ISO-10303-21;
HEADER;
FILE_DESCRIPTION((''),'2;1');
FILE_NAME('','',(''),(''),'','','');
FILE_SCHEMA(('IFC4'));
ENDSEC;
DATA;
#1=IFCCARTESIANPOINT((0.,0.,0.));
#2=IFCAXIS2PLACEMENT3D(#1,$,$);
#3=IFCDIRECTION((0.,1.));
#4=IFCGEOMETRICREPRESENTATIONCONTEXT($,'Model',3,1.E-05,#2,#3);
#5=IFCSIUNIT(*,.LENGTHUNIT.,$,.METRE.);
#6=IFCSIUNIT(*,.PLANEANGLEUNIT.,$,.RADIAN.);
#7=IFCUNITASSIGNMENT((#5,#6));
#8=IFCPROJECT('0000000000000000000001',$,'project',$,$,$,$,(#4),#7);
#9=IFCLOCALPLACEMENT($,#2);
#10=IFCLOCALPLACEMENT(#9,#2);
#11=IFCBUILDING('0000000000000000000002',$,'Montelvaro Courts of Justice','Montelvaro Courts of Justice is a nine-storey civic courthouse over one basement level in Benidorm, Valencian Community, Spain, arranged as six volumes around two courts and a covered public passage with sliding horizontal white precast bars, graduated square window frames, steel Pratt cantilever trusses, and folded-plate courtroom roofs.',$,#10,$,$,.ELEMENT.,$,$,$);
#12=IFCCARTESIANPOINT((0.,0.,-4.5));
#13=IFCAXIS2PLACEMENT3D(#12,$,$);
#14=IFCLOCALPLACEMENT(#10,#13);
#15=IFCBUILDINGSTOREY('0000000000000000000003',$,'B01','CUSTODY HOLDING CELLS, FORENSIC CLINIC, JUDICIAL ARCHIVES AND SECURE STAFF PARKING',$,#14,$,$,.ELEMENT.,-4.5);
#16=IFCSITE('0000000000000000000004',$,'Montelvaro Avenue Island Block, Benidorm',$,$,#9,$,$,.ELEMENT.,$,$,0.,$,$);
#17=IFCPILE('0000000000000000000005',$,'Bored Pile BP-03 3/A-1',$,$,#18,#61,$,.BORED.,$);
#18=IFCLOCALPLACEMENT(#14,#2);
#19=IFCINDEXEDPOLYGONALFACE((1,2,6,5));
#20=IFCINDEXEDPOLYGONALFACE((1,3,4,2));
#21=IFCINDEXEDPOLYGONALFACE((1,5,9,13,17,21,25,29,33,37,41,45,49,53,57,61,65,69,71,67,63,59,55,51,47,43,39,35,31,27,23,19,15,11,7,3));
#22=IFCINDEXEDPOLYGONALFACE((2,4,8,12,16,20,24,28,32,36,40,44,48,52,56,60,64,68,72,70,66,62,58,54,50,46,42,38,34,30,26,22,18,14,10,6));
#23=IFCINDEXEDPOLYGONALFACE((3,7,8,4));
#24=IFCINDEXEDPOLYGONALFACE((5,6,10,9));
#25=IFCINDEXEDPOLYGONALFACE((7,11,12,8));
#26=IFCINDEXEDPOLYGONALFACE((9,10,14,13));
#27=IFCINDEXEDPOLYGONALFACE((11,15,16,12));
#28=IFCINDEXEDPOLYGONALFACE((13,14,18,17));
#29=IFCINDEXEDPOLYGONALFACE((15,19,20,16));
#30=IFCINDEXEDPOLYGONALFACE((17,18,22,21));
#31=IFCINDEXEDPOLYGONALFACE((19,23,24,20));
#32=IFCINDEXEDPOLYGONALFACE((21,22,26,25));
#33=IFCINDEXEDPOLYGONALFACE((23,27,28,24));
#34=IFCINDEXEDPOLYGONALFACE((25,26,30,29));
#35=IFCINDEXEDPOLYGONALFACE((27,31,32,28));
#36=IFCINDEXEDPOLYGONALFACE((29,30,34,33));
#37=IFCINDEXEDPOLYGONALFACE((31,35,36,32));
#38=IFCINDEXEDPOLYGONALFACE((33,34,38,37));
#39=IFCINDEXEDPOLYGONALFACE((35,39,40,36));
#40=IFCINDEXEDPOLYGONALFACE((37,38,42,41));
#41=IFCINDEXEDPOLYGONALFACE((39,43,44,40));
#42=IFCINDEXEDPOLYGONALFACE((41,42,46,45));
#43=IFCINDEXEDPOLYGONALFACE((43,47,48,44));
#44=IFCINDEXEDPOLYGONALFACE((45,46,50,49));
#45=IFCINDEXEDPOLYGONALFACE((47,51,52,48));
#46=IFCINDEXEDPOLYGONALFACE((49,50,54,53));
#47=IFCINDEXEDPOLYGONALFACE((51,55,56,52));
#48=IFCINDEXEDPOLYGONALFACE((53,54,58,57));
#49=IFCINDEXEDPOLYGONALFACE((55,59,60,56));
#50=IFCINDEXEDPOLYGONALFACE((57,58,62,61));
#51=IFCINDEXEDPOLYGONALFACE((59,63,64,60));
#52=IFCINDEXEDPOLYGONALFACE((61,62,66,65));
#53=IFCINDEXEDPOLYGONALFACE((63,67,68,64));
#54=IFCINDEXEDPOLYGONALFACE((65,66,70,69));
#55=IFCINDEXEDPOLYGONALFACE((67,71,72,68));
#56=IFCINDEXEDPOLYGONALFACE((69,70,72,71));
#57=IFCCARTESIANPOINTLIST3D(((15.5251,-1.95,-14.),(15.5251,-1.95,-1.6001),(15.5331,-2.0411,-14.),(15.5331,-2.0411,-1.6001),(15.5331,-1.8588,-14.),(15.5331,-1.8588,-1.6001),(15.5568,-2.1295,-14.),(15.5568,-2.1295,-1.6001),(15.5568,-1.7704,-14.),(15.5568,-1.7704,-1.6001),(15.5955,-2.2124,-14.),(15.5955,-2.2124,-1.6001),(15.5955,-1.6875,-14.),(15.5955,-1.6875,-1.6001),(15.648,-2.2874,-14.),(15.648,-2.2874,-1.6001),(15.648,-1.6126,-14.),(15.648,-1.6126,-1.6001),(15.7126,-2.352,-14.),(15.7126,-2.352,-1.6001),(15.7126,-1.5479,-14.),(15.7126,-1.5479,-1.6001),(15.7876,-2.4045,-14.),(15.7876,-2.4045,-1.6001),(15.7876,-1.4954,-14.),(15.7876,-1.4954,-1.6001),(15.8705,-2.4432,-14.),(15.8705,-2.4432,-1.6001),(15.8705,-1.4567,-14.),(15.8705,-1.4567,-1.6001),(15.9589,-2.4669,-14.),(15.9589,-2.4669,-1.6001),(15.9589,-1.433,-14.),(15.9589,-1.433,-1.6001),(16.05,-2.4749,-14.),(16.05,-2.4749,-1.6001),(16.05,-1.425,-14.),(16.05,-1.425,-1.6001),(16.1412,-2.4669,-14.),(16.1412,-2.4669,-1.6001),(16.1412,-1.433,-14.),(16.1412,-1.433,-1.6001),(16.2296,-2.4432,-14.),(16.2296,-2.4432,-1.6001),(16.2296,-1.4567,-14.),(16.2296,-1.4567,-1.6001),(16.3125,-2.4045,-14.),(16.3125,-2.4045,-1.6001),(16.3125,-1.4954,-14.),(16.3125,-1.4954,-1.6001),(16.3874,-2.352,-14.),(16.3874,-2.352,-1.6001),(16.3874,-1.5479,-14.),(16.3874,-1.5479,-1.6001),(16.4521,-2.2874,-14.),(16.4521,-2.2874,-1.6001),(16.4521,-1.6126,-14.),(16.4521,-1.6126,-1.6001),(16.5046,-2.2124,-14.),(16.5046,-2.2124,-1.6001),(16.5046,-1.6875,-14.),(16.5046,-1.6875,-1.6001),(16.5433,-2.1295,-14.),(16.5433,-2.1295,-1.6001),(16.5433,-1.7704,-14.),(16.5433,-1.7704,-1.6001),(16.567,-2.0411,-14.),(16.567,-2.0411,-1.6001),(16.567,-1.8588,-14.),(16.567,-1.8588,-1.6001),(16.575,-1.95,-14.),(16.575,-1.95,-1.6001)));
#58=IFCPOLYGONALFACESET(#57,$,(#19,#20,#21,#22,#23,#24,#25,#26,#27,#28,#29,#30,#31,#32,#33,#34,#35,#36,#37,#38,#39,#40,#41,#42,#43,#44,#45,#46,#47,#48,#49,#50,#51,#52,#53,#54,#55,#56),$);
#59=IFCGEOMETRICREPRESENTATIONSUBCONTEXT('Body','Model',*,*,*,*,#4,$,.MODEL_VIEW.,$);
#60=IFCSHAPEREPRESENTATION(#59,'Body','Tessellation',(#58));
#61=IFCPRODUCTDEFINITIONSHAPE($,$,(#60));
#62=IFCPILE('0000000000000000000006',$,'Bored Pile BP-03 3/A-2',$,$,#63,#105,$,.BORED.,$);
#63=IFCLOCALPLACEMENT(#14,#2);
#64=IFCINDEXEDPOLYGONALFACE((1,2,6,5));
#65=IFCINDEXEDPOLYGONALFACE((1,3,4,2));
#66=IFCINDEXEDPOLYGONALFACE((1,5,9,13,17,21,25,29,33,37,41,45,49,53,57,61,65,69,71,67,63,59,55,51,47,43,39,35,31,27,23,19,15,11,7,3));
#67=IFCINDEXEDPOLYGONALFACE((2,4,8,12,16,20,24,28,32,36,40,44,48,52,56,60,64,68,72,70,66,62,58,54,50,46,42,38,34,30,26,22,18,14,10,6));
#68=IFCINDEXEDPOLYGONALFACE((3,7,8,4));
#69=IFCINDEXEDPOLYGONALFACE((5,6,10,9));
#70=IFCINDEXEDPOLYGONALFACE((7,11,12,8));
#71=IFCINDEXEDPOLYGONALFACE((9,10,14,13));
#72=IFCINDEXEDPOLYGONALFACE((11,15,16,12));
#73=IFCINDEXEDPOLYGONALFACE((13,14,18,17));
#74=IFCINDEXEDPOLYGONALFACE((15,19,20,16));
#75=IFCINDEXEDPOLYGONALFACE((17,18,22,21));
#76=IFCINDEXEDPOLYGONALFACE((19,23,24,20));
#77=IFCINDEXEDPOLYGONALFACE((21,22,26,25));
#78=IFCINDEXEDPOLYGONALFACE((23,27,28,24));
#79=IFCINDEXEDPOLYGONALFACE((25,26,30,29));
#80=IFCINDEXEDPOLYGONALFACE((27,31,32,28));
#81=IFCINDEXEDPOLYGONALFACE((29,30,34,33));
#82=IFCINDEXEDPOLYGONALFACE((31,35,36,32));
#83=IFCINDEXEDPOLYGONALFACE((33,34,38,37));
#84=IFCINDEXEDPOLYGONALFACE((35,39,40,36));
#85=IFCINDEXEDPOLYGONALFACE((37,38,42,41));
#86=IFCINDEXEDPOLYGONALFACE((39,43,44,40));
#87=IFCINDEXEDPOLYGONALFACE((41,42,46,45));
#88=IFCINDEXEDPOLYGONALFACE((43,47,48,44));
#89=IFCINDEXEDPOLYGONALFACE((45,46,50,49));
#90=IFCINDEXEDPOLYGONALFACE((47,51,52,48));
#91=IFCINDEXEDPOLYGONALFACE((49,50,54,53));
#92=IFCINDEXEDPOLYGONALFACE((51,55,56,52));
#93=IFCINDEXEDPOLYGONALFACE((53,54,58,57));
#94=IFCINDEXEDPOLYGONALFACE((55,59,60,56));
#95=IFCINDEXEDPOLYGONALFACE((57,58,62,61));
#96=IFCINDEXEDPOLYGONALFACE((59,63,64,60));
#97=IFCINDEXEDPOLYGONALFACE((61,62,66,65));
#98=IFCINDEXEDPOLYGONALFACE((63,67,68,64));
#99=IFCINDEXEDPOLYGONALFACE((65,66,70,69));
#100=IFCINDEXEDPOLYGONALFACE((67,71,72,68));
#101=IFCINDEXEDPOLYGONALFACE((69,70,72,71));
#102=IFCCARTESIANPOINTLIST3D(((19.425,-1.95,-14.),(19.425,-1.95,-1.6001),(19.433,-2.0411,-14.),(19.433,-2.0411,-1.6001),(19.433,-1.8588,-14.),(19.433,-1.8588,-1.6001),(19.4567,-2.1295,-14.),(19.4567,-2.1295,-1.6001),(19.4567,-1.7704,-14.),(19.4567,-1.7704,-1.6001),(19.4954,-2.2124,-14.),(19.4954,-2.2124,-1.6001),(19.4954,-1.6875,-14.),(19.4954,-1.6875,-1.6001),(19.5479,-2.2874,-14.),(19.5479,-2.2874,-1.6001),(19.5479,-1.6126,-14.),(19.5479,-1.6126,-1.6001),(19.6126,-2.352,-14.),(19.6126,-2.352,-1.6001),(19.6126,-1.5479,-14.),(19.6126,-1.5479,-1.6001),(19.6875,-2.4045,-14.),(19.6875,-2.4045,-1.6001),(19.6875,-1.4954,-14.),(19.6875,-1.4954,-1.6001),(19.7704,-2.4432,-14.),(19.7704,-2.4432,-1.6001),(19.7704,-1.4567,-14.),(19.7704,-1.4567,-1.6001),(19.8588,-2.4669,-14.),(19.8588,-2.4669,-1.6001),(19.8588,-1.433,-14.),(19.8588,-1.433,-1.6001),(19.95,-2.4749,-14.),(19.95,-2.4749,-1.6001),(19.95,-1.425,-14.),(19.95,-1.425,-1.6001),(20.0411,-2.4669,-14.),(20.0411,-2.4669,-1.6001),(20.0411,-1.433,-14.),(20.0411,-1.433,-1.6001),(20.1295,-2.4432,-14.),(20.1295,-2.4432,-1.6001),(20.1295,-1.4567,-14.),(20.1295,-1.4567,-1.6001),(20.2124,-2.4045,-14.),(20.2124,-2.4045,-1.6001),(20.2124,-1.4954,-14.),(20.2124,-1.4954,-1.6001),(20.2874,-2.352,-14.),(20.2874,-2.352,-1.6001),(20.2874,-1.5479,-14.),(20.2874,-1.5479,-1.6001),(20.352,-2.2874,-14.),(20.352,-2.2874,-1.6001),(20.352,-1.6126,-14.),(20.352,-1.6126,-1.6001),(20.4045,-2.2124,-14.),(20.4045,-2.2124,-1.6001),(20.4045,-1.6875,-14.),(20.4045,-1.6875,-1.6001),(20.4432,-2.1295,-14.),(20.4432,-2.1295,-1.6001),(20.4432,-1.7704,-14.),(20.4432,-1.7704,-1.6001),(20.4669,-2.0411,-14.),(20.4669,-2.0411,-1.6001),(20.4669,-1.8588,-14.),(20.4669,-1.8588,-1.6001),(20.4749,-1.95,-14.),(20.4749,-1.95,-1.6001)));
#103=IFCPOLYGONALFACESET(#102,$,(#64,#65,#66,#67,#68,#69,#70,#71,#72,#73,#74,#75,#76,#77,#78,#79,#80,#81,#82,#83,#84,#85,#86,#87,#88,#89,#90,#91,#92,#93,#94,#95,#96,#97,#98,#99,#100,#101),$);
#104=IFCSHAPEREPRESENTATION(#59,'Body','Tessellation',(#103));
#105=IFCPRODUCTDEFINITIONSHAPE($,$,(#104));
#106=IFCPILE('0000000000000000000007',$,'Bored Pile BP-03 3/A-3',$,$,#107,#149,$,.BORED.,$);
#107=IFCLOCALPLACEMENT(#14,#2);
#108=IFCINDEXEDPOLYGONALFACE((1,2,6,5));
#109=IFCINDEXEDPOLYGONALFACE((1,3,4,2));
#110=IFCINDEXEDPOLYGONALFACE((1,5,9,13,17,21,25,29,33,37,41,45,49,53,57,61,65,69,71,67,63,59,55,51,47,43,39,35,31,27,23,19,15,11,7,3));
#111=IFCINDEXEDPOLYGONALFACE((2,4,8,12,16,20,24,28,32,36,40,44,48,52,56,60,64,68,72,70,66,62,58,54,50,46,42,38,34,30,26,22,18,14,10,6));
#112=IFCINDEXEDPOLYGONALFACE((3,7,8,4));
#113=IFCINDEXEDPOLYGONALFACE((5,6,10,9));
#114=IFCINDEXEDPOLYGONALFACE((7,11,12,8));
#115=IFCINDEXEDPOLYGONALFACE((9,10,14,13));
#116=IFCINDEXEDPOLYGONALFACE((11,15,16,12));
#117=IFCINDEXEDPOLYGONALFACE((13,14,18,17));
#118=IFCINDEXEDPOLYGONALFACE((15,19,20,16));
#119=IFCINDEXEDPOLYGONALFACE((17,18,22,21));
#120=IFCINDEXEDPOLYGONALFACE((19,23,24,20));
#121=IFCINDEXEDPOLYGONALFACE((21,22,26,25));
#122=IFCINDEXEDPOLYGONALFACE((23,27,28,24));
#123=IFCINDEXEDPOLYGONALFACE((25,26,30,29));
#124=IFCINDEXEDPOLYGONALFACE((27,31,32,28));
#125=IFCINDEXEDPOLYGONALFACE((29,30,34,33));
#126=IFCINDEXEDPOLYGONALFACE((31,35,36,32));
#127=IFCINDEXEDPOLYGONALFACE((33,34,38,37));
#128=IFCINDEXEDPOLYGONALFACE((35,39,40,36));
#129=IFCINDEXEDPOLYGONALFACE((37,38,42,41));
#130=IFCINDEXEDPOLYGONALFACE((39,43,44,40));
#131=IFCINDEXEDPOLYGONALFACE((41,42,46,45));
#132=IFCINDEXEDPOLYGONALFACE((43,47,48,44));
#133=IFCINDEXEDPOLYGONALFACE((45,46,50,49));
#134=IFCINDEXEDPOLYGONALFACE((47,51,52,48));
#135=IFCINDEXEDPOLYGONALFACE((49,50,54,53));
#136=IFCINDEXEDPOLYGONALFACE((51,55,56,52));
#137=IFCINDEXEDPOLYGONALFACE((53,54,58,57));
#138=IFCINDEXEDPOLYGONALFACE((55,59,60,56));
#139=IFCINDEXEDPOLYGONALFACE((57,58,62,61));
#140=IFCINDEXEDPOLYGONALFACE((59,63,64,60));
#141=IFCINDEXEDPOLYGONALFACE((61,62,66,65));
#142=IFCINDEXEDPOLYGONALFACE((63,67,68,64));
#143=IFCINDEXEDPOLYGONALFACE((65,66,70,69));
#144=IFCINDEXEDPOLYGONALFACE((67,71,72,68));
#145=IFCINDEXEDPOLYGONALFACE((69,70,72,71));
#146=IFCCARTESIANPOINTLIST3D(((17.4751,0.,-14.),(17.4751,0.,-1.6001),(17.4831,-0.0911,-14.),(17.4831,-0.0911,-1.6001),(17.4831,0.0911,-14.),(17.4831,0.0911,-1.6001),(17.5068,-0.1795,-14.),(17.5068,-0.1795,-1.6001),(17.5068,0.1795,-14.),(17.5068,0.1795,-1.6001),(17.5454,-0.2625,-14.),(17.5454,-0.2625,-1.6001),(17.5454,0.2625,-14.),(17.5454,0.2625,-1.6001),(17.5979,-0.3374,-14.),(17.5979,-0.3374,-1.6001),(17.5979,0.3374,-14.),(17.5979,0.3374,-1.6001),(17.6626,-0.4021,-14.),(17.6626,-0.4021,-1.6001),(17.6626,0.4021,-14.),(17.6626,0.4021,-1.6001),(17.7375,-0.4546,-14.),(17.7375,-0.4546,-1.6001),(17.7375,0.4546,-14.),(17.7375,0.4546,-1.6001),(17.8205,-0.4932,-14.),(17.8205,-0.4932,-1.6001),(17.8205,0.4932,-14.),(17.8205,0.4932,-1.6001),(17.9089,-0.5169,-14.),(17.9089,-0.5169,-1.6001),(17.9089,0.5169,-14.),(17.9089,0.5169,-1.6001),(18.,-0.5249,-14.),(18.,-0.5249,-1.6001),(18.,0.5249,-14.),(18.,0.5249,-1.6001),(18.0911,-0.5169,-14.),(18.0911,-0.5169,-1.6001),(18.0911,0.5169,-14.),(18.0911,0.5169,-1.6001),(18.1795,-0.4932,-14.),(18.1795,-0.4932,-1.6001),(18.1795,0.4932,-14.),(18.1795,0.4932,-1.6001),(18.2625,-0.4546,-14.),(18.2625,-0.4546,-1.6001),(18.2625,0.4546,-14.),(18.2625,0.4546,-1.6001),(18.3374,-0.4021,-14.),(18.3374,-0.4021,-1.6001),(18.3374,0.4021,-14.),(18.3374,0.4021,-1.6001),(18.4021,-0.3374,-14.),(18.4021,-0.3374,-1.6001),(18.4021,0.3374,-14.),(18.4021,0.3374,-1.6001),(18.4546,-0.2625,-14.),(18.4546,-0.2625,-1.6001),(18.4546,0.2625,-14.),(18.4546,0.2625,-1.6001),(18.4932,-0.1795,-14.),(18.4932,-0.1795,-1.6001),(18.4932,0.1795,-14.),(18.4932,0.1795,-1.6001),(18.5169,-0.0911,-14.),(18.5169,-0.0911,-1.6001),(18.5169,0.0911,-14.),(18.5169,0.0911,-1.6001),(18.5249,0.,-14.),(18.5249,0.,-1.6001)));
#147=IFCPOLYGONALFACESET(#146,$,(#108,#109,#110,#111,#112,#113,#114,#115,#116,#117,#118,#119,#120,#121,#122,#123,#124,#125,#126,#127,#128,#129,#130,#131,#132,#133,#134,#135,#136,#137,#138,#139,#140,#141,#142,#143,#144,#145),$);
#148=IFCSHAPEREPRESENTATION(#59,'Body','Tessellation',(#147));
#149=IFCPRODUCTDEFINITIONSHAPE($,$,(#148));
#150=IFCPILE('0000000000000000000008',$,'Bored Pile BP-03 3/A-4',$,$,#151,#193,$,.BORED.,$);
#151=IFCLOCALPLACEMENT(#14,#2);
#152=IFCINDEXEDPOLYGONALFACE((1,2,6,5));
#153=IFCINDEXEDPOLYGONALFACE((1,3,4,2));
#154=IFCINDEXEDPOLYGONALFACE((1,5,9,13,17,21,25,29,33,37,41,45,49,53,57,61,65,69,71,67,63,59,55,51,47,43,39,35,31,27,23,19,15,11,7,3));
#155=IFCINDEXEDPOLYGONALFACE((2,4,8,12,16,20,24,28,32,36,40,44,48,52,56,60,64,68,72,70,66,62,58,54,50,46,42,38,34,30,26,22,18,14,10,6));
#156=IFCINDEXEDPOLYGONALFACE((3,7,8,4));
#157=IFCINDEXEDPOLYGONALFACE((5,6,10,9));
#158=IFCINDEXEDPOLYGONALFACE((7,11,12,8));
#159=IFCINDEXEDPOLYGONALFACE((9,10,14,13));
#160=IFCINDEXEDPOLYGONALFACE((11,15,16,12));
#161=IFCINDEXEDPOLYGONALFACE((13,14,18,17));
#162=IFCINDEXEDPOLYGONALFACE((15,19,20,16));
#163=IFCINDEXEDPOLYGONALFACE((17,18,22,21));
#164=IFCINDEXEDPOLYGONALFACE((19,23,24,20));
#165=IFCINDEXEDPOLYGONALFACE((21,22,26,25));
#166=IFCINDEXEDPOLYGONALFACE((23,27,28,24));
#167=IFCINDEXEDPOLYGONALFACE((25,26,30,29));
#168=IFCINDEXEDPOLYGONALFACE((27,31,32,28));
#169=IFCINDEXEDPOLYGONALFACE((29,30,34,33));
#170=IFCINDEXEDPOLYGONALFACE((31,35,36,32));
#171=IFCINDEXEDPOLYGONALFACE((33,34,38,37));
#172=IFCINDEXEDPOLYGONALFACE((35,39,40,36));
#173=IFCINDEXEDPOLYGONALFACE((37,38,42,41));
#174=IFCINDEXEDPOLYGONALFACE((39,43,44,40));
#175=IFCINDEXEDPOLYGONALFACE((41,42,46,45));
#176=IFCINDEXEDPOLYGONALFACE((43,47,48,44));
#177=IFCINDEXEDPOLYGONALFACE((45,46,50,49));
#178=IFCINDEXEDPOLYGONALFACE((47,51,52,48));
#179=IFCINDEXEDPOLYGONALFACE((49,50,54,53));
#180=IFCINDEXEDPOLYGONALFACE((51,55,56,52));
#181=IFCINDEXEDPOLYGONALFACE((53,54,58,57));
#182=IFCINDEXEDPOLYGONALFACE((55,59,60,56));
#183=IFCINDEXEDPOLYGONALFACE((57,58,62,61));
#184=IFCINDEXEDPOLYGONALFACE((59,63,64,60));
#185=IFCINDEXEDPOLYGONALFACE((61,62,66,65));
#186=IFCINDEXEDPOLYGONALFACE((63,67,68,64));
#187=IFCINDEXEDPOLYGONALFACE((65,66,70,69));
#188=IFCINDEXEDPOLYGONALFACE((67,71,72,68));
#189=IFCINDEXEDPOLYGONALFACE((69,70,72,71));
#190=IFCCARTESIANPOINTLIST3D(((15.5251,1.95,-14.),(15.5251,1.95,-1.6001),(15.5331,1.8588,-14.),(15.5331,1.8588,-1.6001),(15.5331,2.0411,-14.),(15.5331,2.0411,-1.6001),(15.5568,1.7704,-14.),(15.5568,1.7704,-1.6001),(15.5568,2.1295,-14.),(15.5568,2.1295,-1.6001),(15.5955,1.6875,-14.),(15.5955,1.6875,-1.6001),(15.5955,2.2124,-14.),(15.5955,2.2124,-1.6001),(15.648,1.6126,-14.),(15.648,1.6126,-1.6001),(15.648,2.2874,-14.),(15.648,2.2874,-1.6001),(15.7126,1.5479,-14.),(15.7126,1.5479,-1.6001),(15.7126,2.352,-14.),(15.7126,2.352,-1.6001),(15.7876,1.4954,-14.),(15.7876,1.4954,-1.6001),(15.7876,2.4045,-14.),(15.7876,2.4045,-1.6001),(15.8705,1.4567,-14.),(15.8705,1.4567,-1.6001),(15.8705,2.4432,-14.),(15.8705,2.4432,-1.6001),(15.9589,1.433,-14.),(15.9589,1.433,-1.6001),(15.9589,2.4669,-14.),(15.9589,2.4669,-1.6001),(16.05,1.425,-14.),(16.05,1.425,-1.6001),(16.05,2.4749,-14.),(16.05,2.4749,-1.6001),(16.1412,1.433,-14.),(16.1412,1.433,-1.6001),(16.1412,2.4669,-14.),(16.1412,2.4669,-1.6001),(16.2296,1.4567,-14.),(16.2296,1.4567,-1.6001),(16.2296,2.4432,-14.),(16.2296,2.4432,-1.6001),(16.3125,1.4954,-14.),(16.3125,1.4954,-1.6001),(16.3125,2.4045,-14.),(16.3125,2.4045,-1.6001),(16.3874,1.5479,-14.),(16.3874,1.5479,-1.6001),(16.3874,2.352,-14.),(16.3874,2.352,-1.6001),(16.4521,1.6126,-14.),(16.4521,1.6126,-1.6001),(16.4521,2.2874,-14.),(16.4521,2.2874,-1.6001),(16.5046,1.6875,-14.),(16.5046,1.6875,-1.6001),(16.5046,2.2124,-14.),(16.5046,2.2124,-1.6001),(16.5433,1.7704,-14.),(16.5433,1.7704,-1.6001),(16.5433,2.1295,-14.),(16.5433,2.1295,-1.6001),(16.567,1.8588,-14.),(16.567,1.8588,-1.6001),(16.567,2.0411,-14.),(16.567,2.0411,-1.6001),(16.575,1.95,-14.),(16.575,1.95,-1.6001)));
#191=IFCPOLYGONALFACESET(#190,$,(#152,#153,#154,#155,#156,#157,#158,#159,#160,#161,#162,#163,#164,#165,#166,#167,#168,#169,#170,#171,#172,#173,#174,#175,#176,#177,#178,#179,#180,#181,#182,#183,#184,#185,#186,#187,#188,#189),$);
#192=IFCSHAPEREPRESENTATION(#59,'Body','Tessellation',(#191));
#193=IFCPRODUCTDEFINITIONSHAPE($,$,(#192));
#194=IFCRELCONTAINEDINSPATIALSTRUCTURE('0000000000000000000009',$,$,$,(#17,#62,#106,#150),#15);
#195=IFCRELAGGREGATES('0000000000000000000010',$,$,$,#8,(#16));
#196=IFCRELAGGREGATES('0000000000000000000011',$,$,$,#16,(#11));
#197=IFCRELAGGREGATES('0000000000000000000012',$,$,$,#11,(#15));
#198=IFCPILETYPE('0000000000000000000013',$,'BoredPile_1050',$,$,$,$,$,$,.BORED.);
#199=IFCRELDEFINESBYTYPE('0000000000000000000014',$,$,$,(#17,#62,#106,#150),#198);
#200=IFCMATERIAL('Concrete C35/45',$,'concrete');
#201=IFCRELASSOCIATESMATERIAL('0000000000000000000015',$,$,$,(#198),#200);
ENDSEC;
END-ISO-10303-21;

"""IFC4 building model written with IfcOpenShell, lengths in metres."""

from ifc_helpers import new_model, si_unit, direction, frame, origin, origin_2d, place, context, subcontext, project, spatial, circle, extrude, material, material_profile, profile_set, type_object, element, save


model = new_model("IFC4")

# Units and contexts
model_context = context("Model", 3, precision=1e-05, world=origin(), true_north=direction((0.0, 1.0)))
body_context = subcontext(model_context, "Body", "Model", "MODEL_VIEW")
ifc_project = project(units=[si_unit("LENGTHUNIT", "METRE"), si_unit("PLANEANGLEUNIT", "RADIAN")], contexts=[model_context])

# Site, building, storey
site_placement = place(None, origin())
site = spatial("IfcSite", under=ifc_project, at=site_placement, Name="Montelvaro Avenue Island Block, Benidorm", CompositionType="ELEMENT", RefElevation=0.0)
building_placement = place(site_placement, origin())
building = spatial("IfcBuilding", under=site, at=building_placement, Name="Montelvaro Courts of Justice", Description="Montelvaro Courts of Justice is a nine-storey civic courthouse over one basement level in Benidorm, Valencian Community, Spain, arranged as six volumes around two courts and a covered public passage with sliding horizontal white precast bars, graduated square window frames, steel Pratt cantilever trusses, and folded-plate courtroom roofs.", CompositionType="ELEMENT")
storey_placement = place(building_placement, frame((0.0, 0.0, -4.5)))
storey = spatial("IfcBuildingStorey", under=building, at=storey_placement, Name="B01", Description="CUSTODY HOLDING CELLS, FORENSIC CLINIC, JUDICIAL ARCHIVES AND SECURE STAFF PARKING", CompositionType="ELEMENT", Elevation=-4.5)

# Piles
ifc_material_1 = material(Name="Concrete C35/45", Category="concrete")
ifc_material_profile_1 = material_profile(ifc_material_1, circle(Radius=0.5249, at=origin_2d()), Name="BORED PILE D1050")
ifc_profile_set_1 = profile_set([ifc_material_profile_1], Name="Concrete C35/45")
pile_type_1 = type_object("IfcPileType", Name="BoredPile_1050", PredefinedType="BORED", material=ifc_profile_set_1)
for number, where, z_axis, x_axis, name in (
    (1, (16.05, -1.95, -1.6001), (0.0, 0.0, -1.0), (1.0, 0.0, 0.0), "Bored Pile BP-03 3/A-1"),
    (2, (19.95, -1.95, -1.6001), (0.0, 0.0, -1.0), (1.0, 0.0, 0.0), "Bored Pile BP-03 3/A-2"),
    (3, (18.0, 0.0, -1.6001), (0.0, 0.0, -1.0), (1.0, 0.0, 0.0), "Bored Pile BP-03 3/A-3"),
    (4, (16.05, 1.95, -1.6001), (0.0, 0.0, -1.0), (1.0, 0.0, 0.0), "Bored Pile BP-03 3/A-4"),
):
    element("IfcPile", number, at=place(storey_placement, frame(where, z_axis=z_axis, x_axis=x_axis)), inside=storey, type_object=pile_type_1, Name=name, PredefinedType="BORED", context=body_context, shape_type="SweptSolid", body=[
        extrude(circle(Radius=0.5249, at=origin_2d()), origin(), (0.0, 0.0, 1.0), 12.3999),
    ])

save(model, "model.ifc")
